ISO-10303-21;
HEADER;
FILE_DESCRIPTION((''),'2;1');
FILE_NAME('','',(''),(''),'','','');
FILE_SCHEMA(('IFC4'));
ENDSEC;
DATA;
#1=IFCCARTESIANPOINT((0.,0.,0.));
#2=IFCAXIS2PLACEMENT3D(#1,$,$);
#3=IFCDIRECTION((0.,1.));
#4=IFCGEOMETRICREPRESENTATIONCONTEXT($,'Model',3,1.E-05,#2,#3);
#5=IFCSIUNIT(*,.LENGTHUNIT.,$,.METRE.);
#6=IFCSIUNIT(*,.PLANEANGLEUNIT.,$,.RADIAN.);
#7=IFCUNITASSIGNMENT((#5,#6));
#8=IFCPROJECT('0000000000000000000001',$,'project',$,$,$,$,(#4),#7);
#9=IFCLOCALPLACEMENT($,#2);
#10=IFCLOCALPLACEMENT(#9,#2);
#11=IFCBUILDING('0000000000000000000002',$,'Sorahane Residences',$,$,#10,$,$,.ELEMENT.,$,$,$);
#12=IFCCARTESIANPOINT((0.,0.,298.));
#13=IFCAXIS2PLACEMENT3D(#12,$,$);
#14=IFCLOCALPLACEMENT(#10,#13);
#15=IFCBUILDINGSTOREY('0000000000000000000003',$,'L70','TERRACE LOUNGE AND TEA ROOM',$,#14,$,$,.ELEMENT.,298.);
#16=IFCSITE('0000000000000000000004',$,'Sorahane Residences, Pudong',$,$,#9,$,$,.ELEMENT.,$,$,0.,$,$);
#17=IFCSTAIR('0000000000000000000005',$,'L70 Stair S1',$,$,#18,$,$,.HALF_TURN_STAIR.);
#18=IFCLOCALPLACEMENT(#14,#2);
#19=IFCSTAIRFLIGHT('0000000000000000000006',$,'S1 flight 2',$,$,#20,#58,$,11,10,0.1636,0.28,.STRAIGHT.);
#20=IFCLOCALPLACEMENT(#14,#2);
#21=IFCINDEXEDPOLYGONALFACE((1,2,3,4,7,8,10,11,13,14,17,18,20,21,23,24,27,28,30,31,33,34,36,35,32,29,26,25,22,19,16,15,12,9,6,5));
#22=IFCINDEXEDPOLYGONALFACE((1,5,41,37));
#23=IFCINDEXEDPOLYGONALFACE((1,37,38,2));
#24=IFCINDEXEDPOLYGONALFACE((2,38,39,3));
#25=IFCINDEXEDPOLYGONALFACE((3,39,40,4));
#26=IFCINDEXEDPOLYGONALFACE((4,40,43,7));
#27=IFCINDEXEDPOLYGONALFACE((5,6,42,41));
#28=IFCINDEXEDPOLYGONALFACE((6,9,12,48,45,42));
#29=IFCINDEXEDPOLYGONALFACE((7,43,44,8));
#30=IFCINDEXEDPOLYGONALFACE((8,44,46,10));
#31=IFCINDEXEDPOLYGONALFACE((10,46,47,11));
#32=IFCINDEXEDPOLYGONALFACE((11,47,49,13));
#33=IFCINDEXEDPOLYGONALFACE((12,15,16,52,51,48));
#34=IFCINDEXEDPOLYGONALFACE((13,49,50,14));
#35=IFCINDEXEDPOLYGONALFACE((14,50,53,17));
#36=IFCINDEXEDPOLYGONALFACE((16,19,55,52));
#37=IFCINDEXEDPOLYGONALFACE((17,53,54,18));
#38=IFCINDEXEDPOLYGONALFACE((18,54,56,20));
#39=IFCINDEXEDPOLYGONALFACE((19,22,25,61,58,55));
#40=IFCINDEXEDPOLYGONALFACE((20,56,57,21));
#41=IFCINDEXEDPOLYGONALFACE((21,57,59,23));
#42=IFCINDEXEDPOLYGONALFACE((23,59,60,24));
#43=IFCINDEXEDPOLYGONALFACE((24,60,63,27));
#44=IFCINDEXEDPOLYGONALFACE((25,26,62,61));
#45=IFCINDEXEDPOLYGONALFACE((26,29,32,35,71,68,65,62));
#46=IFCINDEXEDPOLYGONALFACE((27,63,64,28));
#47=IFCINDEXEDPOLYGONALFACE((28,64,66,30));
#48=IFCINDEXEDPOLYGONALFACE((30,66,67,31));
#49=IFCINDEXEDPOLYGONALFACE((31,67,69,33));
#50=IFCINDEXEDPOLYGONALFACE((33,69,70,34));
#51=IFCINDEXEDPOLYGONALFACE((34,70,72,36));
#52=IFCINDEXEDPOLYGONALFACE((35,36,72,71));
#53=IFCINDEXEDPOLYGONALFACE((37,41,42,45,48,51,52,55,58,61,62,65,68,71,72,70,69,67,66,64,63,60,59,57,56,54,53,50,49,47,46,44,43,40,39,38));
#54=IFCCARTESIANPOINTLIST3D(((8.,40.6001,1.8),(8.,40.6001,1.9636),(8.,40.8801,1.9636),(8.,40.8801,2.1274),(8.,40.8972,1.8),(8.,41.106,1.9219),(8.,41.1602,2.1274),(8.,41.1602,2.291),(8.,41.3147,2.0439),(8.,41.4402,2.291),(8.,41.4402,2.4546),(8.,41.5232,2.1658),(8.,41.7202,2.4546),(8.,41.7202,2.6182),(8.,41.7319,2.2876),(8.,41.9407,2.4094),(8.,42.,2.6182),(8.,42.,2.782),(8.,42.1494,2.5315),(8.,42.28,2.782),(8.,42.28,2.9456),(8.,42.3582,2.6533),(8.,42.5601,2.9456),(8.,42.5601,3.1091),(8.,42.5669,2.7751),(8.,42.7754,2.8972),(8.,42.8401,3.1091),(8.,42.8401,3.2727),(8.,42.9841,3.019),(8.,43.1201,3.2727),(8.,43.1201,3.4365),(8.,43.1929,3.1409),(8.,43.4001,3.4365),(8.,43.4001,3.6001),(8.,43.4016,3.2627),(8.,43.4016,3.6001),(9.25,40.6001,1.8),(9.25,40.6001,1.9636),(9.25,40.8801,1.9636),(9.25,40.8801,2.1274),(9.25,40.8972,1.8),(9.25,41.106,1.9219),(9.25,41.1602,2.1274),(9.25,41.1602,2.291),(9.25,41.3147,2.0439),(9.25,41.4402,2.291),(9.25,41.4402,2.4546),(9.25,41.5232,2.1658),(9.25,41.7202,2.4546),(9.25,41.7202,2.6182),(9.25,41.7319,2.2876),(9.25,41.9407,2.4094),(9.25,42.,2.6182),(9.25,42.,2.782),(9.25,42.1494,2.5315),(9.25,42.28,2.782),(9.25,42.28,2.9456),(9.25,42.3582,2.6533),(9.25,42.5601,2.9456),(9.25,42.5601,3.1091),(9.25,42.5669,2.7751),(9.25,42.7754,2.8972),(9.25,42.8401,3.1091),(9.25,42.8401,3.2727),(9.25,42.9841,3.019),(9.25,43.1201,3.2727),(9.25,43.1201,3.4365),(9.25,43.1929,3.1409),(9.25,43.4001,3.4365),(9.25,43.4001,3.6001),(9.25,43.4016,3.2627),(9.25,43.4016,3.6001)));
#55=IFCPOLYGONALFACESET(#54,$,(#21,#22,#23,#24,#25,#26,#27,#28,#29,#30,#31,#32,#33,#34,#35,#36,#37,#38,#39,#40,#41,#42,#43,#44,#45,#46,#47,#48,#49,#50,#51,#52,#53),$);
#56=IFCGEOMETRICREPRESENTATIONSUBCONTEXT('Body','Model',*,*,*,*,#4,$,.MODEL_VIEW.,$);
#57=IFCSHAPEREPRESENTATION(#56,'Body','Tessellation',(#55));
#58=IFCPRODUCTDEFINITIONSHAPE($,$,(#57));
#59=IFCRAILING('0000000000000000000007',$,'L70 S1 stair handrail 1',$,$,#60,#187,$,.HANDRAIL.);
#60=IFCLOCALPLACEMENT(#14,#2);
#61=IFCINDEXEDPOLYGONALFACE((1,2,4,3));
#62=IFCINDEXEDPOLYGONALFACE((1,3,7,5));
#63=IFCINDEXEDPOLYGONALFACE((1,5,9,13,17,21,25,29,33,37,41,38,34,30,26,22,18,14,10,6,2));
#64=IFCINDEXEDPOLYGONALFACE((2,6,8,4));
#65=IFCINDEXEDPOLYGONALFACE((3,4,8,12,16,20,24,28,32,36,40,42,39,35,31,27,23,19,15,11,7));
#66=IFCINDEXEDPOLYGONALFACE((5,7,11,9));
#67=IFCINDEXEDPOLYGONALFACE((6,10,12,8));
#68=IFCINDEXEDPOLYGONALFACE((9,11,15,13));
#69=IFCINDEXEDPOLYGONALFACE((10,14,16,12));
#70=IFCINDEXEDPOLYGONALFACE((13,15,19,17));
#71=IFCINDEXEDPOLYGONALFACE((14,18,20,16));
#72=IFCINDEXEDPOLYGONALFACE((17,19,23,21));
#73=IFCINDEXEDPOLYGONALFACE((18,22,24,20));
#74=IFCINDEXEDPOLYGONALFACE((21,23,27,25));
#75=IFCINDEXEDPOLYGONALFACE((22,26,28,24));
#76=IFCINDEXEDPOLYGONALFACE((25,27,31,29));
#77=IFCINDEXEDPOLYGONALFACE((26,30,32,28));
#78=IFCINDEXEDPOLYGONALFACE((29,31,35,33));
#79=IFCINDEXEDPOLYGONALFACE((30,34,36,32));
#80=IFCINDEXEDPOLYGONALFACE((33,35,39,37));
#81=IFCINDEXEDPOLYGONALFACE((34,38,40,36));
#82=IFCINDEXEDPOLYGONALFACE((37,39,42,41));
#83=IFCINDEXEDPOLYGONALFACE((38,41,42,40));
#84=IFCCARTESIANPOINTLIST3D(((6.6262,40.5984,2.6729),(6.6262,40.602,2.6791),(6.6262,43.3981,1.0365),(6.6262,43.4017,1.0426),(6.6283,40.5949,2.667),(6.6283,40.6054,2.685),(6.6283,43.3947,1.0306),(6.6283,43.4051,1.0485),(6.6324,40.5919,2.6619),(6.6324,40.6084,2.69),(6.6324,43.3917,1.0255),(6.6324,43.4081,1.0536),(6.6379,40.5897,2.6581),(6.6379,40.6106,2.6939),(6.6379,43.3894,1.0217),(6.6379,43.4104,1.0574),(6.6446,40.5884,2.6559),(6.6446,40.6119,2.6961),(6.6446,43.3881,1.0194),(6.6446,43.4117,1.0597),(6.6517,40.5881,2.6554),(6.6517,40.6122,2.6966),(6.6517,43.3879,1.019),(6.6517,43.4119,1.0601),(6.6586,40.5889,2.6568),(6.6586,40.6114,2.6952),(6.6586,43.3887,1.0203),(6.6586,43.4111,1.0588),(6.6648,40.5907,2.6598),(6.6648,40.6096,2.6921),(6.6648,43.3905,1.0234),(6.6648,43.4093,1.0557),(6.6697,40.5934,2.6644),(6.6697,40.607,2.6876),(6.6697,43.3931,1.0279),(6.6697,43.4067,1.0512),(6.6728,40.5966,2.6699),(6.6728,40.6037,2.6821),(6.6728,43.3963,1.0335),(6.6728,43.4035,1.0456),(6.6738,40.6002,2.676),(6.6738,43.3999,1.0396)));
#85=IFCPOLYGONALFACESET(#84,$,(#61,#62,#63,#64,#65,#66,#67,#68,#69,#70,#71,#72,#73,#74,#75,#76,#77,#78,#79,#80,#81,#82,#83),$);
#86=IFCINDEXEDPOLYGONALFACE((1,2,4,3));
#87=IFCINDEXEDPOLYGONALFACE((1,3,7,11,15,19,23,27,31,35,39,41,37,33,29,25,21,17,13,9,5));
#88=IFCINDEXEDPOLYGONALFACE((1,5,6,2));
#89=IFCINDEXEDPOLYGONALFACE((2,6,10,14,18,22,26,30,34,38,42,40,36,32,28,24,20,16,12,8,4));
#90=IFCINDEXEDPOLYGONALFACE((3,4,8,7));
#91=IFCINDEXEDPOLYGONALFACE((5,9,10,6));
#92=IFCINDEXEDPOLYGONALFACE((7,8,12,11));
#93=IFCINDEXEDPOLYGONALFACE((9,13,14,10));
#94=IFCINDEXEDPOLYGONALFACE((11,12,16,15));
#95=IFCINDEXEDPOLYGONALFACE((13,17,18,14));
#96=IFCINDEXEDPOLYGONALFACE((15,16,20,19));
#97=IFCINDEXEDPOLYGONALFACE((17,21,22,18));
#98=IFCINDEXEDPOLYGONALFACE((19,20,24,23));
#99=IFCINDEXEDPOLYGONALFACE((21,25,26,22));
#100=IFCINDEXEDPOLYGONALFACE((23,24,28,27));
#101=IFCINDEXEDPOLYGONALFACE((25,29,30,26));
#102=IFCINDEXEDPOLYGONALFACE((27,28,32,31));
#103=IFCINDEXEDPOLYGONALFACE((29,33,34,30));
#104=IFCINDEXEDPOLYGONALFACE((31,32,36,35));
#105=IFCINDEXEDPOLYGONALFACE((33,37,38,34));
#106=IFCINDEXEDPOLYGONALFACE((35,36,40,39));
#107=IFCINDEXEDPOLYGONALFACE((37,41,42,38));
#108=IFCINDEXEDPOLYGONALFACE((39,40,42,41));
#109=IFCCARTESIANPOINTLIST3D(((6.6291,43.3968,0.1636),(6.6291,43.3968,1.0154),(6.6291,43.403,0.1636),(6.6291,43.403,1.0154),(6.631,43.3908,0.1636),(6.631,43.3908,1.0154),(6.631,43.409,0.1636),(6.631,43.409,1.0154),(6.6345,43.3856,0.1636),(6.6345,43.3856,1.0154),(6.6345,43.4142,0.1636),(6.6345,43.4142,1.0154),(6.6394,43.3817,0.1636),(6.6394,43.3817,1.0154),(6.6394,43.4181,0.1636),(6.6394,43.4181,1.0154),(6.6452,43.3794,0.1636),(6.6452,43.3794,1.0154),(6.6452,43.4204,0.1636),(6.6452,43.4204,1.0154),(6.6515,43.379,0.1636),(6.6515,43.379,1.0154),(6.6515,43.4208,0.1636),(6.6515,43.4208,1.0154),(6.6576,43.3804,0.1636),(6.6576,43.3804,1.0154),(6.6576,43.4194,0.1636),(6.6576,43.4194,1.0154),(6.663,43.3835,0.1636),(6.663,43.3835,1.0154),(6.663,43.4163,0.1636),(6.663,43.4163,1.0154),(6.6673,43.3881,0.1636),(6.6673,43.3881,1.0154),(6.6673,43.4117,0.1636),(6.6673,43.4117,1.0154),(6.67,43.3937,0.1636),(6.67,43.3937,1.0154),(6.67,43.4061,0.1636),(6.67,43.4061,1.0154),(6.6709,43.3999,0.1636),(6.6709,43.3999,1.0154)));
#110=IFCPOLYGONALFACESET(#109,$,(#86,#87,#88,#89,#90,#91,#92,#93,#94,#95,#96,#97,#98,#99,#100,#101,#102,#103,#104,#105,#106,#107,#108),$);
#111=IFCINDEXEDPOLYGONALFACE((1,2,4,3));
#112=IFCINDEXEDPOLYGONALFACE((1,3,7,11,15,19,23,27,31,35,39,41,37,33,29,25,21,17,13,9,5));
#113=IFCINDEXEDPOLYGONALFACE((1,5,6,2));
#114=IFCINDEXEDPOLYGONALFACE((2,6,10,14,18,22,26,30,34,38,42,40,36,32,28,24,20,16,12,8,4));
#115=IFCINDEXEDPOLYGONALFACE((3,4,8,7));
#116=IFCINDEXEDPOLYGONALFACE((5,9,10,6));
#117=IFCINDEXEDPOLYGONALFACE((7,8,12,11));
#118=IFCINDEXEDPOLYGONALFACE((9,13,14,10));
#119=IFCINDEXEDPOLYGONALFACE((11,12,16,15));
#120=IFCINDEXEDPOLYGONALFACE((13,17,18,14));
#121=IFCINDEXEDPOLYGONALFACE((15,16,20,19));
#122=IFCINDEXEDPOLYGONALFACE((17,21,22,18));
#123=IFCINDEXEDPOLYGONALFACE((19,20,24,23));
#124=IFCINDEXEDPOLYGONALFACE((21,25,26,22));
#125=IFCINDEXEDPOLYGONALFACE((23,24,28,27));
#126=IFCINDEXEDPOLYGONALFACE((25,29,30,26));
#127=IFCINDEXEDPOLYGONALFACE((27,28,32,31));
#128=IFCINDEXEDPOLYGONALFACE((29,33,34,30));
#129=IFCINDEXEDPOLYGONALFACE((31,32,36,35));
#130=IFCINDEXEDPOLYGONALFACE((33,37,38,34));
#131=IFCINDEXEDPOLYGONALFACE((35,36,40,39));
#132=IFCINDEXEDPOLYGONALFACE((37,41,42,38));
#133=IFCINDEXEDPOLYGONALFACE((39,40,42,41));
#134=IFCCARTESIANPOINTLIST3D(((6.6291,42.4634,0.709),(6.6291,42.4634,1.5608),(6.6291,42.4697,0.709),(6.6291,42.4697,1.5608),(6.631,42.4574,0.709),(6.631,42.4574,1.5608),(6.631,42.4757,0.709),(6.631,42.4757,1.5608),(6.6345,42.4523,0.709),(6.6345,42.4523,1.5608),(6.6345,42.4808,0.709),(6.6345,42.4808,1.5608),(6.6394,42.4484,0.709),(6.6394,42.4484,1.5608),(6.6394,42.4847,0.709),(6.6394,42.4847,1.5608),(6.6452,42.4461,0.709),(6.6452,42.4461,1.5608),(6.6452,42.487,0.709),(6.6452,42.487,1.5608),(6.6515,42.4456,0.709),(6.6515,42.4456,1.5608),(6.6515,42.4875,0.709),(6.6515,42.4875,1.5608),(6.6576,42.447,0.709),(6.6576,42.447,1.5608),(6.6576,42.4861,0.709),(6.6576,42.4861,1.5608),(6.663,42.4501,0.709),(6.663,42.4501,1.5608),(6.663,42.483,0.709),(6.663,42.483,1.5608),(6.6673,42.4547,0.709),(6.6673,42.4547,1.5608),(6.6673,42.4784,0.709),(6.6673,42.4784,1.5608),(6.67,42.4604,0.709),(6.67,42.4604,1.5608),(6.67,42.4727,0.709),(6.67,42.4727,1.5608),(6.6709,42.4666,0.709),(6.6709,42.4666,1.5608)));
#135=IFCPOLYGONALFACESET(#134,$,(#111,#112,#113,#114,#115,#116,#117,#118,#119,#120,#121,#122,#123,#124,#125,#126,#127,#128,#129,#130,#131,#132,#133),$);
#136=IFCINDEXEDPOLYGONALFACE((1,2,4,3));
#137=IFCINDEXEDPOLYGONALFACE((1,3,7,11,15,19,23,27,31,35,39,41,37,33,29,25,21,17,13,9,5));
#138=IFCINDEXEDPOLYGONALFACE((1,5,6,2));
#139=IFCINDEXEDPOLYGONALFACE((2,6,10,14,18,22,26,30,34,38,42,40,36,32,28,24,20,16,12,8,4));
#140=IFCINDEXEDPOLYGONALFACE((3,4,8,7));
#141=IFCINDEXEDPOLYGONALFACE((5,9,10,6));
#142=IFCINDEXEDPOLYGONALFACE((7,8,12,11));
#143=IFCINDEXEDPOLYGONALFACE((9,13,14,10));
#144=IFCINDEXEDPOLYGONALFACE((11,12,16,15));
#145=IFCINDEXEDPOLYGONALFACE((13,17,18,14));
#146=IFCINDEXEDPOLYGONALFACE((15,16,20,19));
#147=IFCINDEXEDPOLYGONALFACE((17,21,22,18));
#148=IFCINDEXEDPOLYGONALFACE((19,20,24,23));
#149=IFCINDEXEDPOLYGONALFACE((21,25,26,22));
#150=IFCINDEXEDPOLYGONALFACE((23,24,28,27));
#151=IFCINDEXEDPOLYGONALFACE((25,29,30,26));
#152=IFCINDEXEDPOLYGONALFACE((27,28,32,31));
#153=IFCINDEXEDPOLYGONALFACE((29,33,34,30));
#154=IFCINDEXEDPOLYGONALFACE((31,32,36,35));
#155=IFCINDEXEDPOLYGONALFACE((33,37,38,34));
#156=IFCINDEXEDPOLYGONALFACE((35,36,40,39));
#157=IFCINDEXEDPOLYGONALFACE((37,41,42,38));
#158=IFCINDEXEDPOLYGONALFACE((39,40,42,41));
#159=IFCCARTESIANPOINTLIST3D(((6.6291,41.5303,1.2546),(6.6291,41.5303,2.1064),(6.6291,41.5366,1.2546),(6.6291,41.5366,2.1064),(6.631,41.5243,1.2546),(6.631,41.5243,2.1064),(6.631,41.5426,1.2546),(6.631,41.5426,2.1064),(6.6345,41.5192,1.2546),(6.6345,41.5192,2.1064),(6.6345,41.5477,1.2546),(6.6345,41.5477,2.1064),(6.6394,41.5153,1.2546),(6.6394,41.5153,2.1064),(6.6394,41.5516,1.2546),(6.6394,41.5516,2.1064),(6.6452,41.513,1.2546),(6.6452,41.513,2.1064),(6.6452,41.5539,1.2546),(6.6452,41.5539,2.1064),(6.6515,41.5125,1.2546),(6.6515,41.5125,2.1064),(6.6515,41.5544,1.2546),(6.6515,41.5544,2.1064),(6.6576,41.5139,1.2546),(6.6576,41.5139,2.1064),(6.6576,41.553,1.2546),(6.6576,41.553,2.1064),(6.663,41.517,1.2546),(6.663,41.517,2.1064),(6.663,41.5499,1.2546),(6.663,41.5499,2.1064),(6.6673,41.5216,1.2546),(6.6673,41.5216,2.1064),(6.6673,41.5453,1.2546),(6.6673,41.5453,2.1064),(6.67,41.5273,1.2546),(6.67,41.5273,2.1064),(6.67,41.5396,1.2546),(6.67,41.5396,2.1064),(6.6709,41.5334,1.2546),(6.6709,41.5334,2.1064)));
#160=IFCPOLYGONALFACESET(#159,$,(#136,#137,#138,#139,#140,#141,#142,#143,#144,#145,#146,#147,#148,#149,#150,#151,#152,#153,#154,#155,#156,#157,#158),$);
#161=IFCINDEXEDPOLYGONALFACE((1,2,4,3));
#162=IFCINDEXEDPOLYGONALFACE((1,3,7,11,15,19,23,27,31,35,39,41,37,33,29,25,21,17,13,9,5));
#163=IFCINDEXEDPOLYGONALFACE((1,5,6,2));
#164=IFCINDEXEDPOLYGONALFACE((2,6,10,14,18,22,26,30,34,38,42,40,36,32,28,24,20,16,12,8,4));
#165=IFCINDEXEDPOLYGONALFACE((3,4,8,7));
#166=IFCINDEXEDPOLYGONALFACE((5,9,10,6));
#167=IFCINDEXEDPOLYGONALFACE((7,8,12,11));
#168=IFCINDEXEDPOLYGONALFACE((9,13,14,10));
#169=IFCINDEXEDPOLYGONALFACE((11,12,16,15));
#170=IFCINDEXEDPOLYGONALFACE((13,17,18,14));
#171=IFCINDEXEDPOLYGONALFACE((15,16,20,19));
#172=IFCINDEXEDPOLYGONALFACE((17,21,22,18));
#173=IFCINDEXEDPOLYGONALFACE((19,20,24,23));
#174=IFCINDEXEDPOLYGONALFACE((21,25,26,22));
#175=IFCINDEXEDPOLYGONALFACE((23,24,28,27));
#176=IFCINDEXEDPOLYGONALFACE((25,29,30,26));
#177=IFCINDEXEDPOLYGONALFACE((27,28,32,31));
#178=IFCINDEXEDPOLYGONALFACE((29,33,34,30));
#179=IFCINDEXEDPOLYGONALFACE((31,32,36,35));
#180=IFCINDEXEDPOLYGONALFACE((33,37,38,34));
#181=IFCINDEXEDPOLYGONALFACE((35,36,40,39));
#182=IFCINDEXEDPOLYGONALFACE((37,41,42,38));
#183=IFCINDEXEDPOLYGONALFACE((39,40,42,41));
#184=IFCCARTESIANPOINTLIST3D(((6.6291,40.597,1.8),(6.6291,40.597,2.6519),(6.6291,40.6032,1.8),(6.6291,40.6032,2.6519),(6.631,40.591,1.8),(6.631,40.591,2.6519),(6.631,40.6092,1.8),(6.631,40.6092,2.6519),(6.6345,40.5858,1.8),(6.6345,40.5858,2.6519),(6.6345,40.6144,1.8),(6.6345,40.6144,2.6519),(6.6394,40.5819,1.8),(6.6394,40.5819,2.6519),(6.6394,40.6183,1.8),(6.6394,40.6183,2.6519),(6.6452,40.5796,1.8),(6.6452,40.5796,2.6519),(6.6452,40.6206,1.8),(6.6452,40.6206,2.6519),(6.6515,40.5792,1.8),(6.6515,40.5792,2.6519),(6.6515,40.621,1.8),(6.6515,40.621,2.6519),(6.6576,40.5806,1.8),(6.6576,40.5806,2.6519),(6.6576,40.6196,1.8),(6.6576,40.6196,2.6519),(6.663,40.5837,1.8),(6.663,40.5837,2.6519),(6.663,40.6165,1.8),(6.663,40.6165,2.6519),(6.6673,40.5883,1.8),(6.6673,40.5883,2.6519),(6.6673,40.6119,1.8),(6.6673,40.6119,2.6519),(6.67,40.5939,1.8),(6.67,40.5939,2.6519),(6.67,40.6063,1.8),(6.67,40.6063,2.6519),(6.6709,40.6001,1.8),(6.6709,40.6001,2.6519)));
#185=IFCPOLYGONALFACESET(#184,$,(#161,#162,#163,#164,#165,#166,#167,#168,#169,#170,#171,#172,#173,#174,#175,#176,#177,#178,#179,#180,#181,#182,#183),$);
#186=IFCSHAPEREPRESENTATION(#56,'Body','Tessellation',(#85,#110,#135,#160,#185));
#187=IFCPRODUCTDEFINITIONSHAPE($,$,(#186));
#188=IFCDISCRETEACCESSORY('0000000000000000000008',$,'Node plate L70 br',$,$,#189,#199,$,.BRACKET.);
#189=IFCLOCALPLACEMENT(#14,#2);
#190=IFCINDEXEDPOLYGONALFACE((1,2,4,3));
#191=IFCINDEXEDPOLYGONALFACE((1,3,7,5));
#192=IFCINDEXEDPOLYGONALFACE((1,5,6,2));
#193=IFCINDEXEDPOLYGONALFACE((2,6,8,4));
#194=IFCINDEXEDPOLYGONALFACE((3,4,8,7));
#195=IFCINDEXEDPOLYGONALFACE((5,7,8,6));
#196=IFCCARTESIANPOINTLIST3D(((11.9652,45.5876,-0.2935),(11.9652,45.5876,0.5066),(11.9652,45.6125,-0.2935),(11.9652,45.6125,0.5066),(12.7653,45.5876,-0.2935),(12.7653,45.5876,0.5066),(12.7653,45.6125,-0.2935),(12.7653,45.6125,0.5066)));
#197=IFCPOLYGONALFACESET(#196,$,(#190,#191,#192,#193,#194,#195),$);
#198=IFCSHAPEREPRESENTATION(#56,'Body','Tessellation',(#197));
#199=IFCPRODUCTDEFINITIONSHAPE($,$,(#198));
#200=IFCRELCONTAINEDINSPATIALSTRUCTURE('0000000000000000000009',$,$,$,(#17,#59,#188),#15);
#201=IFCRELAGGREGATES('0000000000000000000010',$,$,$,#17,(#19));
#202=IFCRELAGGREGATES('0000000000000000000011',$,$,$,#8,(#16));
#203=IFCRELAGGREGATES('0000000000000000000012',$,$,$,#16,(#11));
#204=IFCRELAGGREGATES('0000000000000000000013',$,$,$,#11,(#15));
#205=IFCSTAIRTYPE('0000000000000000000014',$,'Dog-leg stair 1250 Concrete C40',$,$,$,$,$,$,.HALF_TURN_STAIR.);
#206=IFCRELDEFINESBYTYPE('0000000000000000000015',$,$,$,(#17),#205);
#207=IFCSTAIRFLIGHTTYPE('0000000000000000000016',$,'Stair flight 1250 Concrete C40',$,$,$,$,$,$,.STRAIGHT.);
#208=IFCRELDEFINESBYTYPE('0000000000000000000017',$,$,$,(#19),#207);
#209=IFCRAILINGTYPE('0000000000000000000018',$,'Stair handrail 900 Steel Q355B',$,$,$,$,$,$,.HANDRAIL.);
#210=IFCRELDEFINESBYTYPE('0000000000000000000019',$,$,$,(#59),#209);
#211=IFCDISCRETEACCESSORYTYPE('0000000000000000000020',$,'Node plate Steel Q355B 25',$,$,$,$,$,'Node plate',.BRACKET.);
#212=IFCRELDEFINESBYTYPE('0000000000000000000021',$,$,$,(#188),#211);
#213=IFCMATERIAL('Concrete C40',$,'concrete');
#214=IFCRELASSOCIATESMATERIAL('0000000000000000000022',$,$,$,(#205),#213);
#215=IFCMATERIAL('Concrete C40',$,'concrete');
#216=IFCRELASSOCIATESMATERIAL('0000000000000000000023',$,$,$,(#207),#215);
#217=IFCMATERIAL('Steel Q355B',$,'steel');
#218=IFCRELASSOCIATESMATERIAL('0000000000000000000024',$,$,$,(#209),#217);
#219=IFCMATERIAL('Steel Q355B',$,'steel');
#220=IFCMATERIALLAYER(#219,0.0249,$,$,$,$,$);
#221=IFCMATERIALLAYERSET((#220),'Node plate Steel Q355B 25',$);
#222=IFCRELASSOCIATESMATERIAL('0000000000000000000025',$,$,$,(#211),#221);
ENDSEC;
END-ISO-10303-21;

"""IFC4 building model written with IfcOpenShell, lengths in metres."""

from ifc_helpers import new_model, si_unit, direction, frame, origin, origin_2d, place, context, subcontext, project, spatial, polyline, rectangle, circle, outline, extrude, material, layer, layer_set, type_object, element, aggregate, save


model = new_model("IFC4")

# Units and contexts
model_context = context("Model", 3, precision=1e-05, world=origin(), true_north=direction((0.0, 1.0)))
body_context = subcontext(model_context, "Body", "Model", "MODEL_VIEW")
ifc_project = project(units=[si_unit("LENGTHUNIT", "METRE"), si_unit("PLANEANGLEUNIT", "RADIAN")], contexts=[model_context])

# Site, building, storey
site_placement = place(None, origin())
site = spatial("IfcSite", under=ifc_project, at=site_placement, Name="Sorahane Residences, Pudong", CompositionType="ELEMENT", RefElevation=0.0)
building_placement = place(site_placement, origin())
building = spatial("IfcBuilding", under=site, at=building_placement, Name="Sorahane Residences", CompositionType="ELEMENT")
storey_placement = place(building_placement, frame((0.0, 0.0, 298.0)))
storey = spatial("IfcBuildingStorey", under=building, at=storey_placement, Name="L70", Description="TERRACE LOUNGE AND TEA ROOM", CompositionType="ELEMENT", Elevation=298.0)

# Stair, stair flight
ifc_material_1 = material(Name="Concrete C40", Category="concrete")
stair_type = type_object("IfcStairType", Name="Dog-leg stair 1250 Concrete C40", PredefinedType="HALF_TURN_STAIR", material=ifc_material_1)
stair_placement = place(storey_placement, origin())
stair = element("IfcStair", 1, at=stair_placement, inside=storey, type_object=stair_type, Name="L70 Stair S1", PredefinedType="HALF_TURN_STAIR")
ifc_material_2 = material(Name="Concrete C40", Category="concrete")
stair_flight_type = type_object("IfcStairFlightType", Name="Stair flight 1250 Concrete C40", PredefinedType="STRAIGHT", material=ifc_material_2)
stair_flight_1_placement = place(storey_placement, frame((8.625, 40.6001, 1.8), z_axis=(0.0, 0.0, 1.0), x_axis=(0.0, 1.0, 0.0)))
stair_flight_1 = element("IfcStairFlight", 2, at=stair_flight_1_placement, type_object=stair_flight_type, Name="S1 flight 2", NumberOfRisers=11, NumberOfTreads=10, PredefinedType="STRAIGHT", RiserHeight=0.1636, TreadLength=0.28, context=body_context, shape_type="SweptSolid", body=[
    extrude(outline(polyline([(0.0, 0.0), (0.0, 0.1636), (0.28, 0.1636), (0.28, 0.3274), (0.5601, 0.3274), (0.5601, 0.491), (0.8401, 0.491), (0.8401, 0.6545), (1.1201, 0.6545), (1.1201, 0.8181), (1.3999, 0.8181), (1.3999, 0.9819), (1.6799, 0.9819), (1.6799, 1.1455), (1.96, 1.1455), (1.96, 1.3091), (2.24, 1.3091), (2.24, 1.4727), (2.52, 1.4727), (2.52, 1.6365), (2.8, 1.6365), (2.8, 1.8), (2.8015, 1.8), (2.8015, 1.4626), (2.5928, 1.3408), (2.384, 1.219), (2.1753, 1.0972), (1.9668, 0.9751), (1.7581, 0.8533), (1.5493, 0.7314), (1.3406, 0.6094), (1.1318, 0.4875), (0.9231, 0.3657), (0.7146, 0.2439), (0.5059, 0.1218), (0.2971, 0.0), (0.0, 0.0)])), frame((0.0, 0.625, 0.0), z_axis=(0.0, -1.0, 0.0), x_axis=(1.0, 0.0, 0.0)), (0.0, 0.0, 1.0), 1.25),
])
aggregate(stair, [stair_flight_1])

# Railing
ifc_material_3 = material(Name="Steel Q355B", Category="steel")
railing_type_1 = type_object("IfcRailingType", Name="Stair handrail 900 Steel Q355B", PredefinedType="HANDRAIL", material=ifc_material_3)
railing_1_placement = place(storey_placement, frame((6.6499, 43.3999, 0.1636)))
element("IfcRailing", 3, at=railing_1_placement, inside=storey, type_object=railing_type_1, Name="L70 S1 stair handrail 1", PredefinedType="HANDRAIL", context=body_context, shape_type="SweptSolid", body=[
    extrude(circle(Radius=0.0239, at=origin_2d()), frame((0.0, 0.0, 0.876), z_axis=(0.0, -0.863342, 0.50462), x_axis=(1.0, 0.0, 0.0)), (0.0, 0.0, 1.0), 3.2429),
    extrude(circle(Radius=0.021, at=origin_2d()), origin(), (0.0, 0.0, 1.0), 0.8518),
    extrude(circle(Radius=0.021, at=origin_2d()), frame((0.0, -0.9333, 0.5454)), (0.0, 0.0, 1.0), 0.8518),
    extrude(circle(Radius=0.021, at=origin_2d()), frame((0.0, -1.8665, 1.0911)), (0.0, 0.0, 1.0), 0.8518),
    extrude(circle(Radius=0.021, at=origin_2d()), frame((0.0, -2.7998, 1.6365)), (0.0, 0.0, 1.0), 0.8518),
])

# Discrete accessory
ifc_material_4 = material(Name="Steel Q355B", Category="steel")
ifc_layer_1 = layer(ifc_material_4, 0.0249)
ifc_layer_set_1 = layer_set([ifc_layer_1], Name="Node plate Steel Q355B 25")
discrete_accessory_type = type_object("IfcDiscreteAccessoryType", Name="Node plate Steel Q355B 25", ElementType="Node plate", PredefinedType="BRACKET", material=ifc_layer_set_1)
discrete_accessory_placement = place(storey_placement, frame((12.3652, 45.6001, -0.2935), z_axis=(0.0, 0.0, 1.0), x_axis=(1.0, 0.0, 0.0)))
element("IfcDiscreteAccessory", 4, at=discrete_accessory_placement, inside=storey, type_object=discrete_accessory_type, Name="Node plate L70 br", PredefinedType="BRACKET", context=body_context, shape_type="SweptSolid", body=[
    extrude(rectangle(XDim=0.8, YDim=0.0249, at=origin_2d()), origin(), (0.0, 0.0, 1.0), 0.8),
])

save(model, "model.ifc")
